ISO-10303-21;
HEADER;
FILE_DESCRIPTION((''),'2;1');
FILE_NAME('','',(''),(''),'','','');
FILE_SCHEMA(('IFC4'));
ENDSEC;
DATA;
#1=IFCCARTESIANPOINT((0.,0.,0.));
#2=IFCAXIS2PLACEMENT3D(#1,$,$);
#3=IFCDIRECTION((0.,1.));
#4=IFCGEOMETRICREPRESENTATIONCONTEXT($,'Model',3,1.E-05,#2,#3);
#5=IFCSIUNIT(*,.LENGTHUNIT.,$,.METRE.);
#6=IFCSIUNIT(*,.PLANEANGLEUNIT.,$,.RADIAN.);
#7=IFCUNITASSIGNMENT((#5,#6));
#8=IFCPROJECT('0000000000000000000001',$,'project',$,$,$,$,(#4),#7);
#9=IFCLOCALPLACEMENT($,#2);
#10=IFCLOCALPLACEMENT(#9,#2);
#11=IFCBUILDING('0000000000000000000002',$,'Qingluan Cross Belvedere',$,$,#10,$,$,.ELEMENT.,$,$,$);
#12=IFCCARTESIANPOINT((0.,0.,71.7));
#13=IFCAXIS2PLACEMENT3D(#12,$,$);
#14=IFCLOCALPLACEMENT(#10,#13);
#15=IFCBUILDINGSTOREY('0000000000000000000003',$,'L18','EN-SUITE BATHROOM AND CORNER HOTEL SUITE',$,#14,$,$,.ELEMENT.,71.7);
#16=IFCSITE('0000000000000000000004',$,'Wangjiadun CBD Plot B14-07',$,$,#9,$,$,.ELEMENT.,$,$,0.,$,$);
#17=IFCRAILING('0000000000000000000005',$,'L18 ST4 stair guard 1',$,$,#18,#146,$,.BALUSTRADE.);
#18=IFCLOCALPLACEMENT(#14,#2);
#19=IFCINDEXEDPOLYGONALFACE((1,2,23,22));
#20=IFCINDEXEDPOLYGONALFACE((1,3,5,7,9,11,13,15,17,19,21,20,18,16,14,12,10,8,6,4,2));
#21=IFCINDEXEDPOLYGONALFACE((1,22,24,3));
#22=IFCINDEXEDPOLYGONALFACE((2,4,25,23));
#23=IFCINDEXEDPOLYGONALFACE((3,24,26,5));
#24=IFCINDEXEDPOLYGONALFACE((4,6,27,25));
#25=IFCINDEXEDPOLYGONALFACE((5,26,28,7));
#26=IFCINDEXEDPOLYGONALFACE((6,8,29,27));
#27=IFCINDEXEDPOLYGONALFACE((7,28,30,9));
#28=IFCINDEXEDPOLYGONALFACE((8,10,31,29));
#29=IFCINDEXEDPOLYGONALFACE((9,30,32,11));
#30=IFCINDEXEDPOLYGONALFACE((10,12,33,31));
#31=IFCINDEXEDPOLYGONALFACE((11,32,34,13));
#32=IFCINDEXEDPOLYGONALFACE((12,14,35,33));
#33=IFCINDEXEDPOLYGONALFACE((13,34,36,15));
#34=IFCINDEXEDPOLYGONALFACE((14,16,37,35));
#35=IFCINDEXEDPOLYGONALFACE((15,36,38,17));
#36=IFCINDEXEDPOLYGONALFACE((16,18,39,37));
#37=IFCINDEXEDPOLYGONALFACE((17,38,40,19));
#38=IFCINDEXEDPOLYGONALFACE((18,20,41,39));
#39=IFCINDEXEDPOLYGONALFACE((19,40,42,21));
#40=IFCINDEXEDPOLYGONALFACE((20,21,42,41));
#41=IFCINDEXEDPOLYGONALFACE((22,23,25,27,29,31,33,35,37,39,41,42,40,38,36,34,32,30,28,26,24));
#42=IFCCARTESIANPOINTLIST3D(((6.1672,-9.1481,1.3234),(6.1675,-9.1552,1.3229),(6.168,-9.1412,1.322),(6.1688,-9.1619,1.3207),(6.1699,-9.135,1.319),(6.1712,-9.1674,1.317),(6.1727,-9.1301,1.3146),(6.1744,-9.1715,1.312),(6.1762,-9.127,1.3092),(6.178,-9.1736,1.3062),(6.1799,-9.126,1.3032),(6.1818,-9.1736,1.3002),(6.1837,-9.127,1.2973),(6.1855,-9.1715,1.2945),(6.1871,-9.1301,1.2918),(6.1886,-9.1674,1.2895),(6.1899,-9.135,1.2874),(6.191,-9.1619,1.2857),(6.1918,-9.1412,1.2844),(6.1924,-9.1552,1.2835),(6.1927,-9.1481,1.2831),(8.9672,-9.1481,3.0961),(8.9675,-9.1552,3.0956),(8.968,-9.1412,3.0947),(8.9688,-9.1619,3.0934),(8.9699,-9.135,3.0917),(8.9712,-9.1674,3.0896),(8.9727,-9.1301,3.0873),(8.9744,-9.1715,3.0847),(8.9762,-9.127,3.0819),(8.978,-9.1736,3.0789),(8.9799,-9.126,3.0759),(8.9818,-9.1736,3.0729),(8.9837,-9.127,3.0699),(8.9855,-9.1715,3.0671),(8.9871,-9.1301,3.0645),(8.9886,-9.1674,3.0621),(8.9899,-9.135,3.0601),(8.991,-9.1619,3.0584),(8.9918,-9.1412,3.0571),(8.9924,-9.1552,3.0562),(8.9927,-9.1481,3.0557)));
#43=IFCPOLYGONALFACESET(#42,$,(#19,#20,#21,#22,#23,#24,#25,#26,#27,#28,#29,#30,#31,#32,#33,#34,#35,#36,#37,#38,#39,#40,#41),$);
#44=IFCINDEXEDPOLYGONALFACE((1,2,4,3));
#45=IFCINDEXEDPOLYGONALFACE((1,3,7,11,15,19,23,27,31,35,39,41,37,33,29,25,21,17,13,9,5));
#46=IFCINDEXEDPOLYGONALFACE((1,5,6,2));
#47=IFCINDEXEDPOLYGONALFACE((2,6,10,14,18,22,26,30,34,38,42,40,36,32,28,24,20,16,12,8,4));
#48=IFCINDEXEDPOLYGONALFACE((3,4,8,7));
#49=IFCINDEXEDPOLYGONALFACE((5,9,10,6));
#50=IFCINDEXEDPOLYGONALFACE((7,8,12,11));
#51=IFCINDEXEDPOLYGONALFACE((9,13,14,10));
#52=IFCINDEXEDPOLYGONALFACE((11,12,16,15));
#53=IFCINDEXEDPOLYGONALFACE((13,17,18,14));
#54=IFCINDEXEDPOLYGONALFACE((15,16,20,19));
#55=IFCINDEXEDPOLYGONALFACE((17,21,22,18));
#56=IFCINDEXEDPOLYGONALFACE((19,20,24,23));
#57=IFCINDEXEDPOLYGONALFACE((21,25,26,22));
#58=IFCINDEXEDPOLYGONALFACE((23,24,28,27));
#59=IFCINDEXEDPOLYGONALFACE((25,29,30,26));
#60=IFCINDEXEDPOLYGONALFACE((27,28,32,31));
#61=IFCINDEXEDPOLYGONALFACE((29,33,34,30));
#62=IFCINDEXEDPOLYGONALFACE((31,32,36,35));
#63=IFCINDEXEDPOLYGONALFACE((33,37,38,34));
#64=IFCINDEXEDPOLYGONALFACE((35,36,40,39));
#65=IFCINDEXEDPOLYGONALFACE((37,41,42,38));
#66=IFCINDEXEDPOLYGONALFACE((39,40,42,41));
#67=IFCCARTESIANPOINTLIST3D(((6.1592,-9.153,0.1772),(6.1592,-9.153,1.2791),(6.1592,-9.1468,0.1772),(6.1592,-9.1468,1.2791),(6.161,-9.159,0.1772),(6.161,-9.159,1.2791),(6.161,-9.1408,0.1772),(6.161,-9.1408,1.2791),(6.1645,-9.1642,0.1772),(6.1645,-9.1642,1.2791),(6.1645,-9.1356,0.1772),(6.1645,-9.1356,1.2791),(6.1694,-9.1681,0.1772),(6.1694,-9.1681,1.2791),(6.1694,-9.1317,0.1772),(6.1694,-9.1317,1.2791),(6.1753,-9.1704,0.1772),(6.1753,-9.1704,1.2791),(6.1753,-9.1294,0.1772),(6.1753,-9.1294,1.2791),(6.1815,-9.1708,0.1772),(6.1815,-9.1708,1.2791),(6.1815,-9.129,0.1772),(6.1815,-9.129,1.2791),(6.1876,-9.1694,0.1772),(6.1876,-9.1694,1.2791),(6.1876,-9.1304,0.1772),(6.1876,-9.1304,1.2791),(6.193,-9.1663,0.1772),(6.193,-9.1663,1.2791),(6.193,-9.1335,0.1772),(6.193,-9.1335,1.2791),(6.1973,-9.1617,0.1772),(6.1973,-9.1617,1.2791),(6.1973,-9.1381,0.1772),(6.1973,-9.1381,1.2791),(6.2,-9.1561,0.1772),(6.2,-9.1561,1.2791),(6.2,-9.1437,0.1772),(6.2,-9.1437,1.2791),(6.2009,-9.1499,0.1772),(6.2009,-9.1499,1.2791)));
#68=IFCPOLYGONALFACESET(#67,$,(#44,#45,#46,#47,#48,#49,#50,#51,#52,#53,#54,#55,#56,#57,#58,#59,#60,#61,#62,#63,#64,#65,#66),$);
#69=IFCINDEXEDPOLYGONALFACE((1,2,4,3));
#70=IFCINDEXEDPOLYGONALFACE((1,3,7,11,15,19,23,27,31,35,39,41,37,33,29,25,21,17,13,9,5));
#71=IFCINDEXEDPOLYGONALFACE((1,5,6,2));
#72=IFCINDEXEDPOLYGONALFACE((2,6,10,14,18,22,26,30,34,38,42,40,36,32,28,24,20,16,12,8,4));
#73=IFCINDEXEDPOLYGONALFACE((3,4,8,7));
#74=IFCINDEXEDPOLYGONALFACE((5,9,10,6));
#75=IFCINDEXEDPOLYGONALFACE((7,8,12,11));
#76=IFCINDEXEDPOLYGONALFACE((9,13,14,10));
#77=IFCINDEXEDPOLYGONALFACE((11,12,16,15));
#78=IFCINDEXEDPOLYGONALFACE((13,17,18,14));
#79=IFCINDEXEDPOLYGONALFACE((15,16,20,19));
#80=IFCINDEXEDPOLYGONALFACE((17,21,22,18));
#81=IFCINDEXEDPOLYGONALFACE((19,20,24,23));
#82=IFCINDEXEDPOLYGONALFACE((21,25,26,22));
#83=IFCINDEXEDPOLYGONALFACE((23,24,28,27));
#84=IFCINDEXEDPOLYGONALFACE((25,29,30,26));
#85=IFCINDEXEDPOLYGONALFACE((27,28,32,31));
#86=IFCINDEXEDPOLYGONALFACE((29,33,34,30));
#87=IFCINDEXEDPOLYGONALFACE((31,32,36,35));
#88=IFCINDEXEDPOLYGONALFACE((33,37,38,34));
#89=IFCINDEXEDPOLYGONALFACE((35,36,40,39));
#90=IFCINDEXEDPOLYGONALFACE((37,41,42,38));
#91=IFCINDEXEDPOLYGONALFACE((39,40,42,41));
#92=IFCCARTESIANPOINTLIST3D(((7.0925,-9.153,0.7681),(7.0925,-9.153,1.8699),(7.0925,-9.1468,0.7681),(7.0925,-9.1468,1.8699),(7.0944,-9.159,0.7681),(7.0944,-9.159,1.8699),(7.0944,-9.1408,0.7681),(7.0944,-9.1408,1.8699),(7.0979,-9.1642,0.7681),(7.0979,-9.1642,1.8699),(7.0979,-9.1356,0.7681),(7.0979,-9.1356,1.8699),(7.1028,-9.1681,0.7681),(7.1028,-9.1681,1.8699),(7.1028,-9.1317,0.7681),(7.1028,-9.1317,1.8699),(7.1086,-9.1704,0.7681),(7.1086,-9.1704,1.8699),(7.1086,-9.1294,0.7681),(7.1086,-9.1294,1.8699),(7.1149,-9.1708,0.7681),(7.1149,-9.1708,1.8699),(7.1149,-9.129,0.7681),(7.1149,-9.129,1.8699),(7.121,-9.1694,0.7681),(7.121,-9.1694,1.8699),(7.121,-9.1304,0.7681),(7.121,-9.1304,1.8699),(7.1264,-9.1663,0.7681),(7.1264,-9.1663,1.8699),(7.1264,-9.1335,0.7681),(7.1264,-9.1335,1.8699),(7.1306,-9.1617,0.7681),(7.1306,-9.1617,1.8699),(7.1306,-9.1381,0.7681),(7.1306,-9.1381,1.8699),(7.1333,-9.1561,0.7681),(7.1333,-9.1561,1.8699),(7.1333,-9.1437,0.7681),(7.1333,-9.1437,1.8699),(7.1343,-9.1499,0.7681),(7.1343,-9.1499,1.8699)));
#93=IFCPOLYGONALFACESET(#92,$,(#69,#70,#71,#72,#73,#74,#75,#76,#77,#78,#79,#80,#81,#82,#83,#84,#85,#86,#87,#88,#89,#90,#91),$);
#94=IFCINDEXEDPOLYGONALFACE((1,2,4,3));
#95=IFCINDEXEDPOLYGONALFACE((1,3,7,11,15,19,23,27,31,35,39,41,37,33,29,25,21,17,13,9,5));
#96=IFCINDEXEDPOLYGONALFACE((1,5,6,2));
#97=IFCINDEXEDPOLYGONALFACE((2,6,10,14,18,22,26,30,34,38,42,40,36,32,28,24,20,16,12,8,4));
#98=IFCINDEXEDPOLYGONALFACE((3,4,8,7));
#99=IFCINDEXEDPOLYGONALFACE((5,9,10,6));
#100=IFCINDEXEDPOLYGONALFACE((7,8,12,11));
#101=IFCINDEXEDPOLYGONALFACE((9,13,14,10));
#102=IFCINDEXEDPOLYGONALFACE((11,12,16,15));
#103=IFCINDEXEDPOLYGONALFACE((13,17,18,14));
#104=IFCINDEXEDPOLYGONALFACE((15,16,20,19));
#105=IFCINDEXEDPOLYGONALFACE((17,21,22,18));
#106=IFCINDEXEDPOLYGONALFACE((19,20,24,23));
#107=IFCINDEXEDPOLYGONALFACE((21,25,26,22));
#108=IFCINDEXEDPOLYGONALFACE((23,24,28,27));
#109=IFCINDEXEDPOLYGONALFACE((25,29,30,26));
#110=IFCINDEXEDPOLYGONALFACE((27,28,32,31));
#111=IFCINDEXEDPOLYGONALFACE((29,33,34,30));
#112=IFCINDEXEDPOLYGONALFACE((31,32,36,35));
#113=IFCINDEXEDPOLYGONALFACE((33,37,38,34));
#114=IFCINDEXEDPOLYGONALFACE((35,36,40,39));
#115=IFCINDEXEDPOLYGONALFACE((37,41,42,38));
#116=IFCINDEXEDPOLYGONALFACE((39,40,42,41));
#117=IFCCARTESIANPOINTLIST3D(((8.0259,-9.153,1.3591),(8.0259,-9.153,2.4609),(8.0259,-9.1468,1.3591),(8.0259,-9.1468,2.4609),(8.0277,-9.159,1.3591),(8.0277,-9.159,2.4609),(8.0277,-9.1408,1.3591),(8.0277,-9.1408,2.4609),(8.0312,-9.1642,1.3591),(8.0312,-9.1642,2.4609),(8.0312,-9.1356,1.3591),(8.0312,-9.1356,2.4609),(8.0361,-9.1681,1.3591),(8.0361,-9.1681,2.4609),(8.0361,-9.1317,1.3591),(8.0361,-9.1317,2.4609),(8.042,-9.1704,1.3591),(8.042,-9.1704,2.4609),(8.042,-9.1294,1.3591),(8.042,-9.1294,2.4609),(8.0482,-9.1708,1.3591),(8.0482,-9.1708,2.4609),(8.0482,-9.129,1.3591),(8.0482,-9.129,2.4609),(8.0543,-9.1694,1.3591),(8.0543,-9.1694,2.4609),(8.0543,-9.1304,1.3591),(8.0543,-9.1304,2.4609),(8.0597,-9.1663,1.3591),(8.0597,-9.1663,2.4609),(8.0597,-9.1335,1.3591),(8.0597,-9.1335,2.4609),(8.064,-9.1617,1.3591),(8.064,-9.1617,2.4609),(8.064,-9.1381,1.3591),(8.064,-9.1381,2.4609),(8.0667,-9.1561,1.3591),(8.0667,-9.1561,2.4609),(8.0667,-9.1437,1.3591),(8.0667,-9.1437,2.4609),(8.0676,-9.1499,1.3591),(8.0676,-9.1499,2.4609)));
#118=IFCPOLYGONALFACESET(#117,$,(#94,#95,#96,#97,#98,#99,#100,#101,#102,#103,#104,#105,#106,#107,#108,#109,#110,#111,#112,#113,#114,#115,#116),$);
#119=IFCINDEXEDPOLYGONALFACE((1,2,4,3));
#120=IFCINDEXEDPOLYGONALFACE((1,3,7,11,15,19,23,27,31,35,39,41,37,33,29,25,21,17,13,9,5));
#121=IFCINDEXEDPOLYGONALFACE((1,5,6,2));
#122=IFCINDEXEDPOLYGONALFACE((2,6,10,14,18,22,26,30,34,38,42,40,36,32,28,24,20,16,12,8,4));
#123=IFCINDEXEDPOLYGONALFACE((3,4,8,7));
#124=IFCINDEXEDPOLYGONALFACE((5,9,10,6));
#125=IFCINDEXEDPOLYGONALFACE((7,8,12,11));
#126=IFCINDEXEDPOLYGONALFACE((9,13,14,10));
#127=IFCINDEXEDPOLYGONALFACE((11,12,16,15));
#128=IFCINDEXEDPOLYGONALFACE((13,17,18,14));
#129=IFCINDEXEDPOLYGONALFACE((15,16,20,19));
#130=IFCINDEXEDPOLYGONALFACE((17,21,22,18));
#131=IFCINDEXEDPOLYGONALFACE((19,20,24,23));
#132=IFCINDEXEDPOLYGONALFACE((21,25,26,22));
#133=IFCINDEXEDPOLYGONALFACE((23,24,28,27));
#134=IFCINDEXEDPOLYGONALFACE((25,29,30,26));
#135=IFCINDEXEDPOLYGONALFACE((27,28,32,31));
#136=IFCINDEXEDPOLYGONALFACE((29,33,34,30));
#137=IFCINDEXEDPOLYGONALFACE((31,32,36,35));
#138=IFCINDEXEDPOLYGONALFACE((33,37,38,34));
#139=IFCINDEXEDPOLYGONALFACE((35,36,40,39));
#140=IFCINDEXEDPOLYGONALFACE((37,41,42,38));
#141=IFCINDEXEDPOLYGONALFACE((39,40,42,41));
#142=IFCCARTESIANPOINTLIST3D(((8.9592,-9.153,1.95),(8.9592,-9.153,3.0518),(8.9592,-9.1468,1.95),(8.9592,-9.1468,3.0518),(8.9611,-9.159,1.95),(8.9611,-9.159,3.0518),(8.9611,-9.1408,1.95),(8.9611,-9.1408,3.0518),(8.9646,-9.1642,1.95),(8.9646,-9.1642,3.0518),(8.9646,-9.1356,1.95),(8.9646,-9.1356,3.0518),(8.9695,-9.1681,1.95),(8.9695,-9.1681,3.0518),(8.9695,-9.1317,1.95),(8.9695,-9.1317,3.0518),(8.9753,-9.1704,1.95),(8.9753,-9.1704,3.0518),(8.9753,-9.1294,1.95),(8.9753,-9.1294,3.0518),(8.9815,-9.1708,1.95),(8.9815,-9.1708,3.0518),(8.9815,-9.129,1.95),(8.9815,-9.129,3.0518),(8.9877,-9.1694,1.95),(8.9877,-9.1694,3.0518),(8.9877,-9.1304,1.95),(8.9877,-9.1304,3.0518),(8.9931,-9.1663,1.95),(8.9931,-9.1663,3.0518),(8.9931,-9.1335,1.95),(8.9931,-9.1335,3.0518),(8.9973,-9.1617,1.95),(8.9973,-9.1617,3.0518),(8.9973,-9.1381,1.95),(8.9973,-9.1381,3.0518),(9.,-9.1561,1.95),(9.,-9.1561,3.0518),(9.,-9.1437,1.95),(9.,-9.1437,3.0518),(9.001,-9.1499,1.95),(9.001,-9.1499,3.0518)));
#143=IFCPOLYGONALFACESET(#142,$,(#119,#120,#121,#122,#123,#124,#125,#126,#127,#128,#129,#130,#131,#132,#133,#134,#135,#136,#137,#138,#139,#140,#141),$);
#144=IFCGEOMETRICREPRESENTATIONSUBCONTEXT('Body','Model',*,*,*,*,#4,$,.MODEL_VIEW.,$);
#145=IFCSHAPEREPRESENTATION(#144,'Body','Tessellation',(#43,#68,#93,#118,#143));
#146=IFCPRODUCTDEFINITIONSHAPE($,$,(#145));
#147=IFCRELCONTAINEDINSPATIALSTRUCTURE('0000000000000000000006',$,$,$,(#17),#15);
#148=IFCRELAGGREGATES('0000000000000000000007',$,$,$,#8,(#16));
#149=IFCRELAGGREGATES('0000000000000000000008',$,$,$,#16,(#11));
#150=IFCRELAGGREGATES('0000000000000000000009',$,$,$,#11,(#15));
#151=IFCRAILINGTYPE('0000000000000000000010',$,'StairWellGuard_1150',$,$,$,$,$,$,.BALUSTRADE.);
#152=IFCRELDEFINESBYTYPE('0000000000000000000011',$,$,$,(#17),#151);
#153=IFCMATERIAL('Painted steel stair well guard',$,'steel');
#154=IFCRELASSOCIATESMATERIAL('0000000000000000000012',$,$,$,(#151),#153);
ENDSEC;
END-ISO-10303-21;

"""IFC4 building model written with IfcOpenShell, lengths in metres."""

from ifc_helpers import new_model, si_unit, direction, frame, origin, origin_2d, place, context, subcontext, project, spatial, circle, extrude, material, type_object, element, save


model = new_model("IFC4")

# Units and contexts
model_context = context("Model", 3, precision=1e-05, world=origin(), true_north=direction((0.0, 1.0)))
body_context = subcontext(model_context, "Body", "Model", "MODEL_VIEW")
ifc_project = project(units=[si_unit("LENGTHUNIT", "METRE"), si_unit("PLANEANGLEUNIT", "RADIAN")], contexts=[model_context])

# Site, building, storey
site_placement = place(None, origin())
site = spatial("IfcSite", under=ifc_project, at=site_placement, Name="Wangjiadun CBD Plot B14-07", CompositionType="ELEMENT", RefElevation=0.0)
building_placement = place(site_placement, origin())
building = spatial("IfcBuilding", under=site, at=building_placement, Name="Qingluan Cross Belvedere", CompositionType="ELEMENT")
storey_placement = place(building_placement, frame((0.0, 0.0, 71.7)))
storey = spatial("IfcBuildingStorey", under=building, at=storey_placement, Name="L18", Description="EN-SUITE BATHROOM AND CORNER HOTEL SUITE", CompositionType="ELEMENT", Elevation=71.7)

# Railing
ifc_material_1 = material(Name="Painted steel stair well guard", Category="steel")
railing_type_1 = type_object("IfcRailingType", Name="StairWellGuard_1150", PredefinedType="BALUSTRADE", material=ifc_material_1)
railing_1_placement = place(storey_placement, frame((6.1799, -9.1499, 0.1772)))
element("IfcRailing", 1, at=railing_1_placement, inside=storey, type_object=railing_type_1, Name="L18 ST4 stair guard 1", PredefinedType="BALUSTRADE", context=body_context, shape_type="SweptSolid", body=[
    extrude(circle(Radius=0.0239, at=origin_2d()), frame((0.0, 0.0, 1.126), z_axis=(0.844909, 0.0, 0.53491), x_axis=(0.0, 1.0, 0.0)), (0.0, 0.0, 1.0), 3.314),
    extrude(circle(Radius=0.021, at=origin_2d()), origin(), (0.0, 0.0, 1.0), 1.1018),
    extrude(circle(Radius=0.021, at=origin_2d()), frame((0.9333, 0.0, 0.5908)), (0.0, 0.0, 1.0), 1.1018),
    extrude(circle(Radius=0.021, at=origin_2d()), frame((1.8667, 0.0, 1.1819)), (0.0, 0.0, 1.0), 1.1018),
    extrude(circle(Radius=0.021, at=origin_2d()), frame((2.8, 0.0, 1.7727)), (0.0, 0.0, 1.0), 1.1018),
])

save(model, "model.ifc")
